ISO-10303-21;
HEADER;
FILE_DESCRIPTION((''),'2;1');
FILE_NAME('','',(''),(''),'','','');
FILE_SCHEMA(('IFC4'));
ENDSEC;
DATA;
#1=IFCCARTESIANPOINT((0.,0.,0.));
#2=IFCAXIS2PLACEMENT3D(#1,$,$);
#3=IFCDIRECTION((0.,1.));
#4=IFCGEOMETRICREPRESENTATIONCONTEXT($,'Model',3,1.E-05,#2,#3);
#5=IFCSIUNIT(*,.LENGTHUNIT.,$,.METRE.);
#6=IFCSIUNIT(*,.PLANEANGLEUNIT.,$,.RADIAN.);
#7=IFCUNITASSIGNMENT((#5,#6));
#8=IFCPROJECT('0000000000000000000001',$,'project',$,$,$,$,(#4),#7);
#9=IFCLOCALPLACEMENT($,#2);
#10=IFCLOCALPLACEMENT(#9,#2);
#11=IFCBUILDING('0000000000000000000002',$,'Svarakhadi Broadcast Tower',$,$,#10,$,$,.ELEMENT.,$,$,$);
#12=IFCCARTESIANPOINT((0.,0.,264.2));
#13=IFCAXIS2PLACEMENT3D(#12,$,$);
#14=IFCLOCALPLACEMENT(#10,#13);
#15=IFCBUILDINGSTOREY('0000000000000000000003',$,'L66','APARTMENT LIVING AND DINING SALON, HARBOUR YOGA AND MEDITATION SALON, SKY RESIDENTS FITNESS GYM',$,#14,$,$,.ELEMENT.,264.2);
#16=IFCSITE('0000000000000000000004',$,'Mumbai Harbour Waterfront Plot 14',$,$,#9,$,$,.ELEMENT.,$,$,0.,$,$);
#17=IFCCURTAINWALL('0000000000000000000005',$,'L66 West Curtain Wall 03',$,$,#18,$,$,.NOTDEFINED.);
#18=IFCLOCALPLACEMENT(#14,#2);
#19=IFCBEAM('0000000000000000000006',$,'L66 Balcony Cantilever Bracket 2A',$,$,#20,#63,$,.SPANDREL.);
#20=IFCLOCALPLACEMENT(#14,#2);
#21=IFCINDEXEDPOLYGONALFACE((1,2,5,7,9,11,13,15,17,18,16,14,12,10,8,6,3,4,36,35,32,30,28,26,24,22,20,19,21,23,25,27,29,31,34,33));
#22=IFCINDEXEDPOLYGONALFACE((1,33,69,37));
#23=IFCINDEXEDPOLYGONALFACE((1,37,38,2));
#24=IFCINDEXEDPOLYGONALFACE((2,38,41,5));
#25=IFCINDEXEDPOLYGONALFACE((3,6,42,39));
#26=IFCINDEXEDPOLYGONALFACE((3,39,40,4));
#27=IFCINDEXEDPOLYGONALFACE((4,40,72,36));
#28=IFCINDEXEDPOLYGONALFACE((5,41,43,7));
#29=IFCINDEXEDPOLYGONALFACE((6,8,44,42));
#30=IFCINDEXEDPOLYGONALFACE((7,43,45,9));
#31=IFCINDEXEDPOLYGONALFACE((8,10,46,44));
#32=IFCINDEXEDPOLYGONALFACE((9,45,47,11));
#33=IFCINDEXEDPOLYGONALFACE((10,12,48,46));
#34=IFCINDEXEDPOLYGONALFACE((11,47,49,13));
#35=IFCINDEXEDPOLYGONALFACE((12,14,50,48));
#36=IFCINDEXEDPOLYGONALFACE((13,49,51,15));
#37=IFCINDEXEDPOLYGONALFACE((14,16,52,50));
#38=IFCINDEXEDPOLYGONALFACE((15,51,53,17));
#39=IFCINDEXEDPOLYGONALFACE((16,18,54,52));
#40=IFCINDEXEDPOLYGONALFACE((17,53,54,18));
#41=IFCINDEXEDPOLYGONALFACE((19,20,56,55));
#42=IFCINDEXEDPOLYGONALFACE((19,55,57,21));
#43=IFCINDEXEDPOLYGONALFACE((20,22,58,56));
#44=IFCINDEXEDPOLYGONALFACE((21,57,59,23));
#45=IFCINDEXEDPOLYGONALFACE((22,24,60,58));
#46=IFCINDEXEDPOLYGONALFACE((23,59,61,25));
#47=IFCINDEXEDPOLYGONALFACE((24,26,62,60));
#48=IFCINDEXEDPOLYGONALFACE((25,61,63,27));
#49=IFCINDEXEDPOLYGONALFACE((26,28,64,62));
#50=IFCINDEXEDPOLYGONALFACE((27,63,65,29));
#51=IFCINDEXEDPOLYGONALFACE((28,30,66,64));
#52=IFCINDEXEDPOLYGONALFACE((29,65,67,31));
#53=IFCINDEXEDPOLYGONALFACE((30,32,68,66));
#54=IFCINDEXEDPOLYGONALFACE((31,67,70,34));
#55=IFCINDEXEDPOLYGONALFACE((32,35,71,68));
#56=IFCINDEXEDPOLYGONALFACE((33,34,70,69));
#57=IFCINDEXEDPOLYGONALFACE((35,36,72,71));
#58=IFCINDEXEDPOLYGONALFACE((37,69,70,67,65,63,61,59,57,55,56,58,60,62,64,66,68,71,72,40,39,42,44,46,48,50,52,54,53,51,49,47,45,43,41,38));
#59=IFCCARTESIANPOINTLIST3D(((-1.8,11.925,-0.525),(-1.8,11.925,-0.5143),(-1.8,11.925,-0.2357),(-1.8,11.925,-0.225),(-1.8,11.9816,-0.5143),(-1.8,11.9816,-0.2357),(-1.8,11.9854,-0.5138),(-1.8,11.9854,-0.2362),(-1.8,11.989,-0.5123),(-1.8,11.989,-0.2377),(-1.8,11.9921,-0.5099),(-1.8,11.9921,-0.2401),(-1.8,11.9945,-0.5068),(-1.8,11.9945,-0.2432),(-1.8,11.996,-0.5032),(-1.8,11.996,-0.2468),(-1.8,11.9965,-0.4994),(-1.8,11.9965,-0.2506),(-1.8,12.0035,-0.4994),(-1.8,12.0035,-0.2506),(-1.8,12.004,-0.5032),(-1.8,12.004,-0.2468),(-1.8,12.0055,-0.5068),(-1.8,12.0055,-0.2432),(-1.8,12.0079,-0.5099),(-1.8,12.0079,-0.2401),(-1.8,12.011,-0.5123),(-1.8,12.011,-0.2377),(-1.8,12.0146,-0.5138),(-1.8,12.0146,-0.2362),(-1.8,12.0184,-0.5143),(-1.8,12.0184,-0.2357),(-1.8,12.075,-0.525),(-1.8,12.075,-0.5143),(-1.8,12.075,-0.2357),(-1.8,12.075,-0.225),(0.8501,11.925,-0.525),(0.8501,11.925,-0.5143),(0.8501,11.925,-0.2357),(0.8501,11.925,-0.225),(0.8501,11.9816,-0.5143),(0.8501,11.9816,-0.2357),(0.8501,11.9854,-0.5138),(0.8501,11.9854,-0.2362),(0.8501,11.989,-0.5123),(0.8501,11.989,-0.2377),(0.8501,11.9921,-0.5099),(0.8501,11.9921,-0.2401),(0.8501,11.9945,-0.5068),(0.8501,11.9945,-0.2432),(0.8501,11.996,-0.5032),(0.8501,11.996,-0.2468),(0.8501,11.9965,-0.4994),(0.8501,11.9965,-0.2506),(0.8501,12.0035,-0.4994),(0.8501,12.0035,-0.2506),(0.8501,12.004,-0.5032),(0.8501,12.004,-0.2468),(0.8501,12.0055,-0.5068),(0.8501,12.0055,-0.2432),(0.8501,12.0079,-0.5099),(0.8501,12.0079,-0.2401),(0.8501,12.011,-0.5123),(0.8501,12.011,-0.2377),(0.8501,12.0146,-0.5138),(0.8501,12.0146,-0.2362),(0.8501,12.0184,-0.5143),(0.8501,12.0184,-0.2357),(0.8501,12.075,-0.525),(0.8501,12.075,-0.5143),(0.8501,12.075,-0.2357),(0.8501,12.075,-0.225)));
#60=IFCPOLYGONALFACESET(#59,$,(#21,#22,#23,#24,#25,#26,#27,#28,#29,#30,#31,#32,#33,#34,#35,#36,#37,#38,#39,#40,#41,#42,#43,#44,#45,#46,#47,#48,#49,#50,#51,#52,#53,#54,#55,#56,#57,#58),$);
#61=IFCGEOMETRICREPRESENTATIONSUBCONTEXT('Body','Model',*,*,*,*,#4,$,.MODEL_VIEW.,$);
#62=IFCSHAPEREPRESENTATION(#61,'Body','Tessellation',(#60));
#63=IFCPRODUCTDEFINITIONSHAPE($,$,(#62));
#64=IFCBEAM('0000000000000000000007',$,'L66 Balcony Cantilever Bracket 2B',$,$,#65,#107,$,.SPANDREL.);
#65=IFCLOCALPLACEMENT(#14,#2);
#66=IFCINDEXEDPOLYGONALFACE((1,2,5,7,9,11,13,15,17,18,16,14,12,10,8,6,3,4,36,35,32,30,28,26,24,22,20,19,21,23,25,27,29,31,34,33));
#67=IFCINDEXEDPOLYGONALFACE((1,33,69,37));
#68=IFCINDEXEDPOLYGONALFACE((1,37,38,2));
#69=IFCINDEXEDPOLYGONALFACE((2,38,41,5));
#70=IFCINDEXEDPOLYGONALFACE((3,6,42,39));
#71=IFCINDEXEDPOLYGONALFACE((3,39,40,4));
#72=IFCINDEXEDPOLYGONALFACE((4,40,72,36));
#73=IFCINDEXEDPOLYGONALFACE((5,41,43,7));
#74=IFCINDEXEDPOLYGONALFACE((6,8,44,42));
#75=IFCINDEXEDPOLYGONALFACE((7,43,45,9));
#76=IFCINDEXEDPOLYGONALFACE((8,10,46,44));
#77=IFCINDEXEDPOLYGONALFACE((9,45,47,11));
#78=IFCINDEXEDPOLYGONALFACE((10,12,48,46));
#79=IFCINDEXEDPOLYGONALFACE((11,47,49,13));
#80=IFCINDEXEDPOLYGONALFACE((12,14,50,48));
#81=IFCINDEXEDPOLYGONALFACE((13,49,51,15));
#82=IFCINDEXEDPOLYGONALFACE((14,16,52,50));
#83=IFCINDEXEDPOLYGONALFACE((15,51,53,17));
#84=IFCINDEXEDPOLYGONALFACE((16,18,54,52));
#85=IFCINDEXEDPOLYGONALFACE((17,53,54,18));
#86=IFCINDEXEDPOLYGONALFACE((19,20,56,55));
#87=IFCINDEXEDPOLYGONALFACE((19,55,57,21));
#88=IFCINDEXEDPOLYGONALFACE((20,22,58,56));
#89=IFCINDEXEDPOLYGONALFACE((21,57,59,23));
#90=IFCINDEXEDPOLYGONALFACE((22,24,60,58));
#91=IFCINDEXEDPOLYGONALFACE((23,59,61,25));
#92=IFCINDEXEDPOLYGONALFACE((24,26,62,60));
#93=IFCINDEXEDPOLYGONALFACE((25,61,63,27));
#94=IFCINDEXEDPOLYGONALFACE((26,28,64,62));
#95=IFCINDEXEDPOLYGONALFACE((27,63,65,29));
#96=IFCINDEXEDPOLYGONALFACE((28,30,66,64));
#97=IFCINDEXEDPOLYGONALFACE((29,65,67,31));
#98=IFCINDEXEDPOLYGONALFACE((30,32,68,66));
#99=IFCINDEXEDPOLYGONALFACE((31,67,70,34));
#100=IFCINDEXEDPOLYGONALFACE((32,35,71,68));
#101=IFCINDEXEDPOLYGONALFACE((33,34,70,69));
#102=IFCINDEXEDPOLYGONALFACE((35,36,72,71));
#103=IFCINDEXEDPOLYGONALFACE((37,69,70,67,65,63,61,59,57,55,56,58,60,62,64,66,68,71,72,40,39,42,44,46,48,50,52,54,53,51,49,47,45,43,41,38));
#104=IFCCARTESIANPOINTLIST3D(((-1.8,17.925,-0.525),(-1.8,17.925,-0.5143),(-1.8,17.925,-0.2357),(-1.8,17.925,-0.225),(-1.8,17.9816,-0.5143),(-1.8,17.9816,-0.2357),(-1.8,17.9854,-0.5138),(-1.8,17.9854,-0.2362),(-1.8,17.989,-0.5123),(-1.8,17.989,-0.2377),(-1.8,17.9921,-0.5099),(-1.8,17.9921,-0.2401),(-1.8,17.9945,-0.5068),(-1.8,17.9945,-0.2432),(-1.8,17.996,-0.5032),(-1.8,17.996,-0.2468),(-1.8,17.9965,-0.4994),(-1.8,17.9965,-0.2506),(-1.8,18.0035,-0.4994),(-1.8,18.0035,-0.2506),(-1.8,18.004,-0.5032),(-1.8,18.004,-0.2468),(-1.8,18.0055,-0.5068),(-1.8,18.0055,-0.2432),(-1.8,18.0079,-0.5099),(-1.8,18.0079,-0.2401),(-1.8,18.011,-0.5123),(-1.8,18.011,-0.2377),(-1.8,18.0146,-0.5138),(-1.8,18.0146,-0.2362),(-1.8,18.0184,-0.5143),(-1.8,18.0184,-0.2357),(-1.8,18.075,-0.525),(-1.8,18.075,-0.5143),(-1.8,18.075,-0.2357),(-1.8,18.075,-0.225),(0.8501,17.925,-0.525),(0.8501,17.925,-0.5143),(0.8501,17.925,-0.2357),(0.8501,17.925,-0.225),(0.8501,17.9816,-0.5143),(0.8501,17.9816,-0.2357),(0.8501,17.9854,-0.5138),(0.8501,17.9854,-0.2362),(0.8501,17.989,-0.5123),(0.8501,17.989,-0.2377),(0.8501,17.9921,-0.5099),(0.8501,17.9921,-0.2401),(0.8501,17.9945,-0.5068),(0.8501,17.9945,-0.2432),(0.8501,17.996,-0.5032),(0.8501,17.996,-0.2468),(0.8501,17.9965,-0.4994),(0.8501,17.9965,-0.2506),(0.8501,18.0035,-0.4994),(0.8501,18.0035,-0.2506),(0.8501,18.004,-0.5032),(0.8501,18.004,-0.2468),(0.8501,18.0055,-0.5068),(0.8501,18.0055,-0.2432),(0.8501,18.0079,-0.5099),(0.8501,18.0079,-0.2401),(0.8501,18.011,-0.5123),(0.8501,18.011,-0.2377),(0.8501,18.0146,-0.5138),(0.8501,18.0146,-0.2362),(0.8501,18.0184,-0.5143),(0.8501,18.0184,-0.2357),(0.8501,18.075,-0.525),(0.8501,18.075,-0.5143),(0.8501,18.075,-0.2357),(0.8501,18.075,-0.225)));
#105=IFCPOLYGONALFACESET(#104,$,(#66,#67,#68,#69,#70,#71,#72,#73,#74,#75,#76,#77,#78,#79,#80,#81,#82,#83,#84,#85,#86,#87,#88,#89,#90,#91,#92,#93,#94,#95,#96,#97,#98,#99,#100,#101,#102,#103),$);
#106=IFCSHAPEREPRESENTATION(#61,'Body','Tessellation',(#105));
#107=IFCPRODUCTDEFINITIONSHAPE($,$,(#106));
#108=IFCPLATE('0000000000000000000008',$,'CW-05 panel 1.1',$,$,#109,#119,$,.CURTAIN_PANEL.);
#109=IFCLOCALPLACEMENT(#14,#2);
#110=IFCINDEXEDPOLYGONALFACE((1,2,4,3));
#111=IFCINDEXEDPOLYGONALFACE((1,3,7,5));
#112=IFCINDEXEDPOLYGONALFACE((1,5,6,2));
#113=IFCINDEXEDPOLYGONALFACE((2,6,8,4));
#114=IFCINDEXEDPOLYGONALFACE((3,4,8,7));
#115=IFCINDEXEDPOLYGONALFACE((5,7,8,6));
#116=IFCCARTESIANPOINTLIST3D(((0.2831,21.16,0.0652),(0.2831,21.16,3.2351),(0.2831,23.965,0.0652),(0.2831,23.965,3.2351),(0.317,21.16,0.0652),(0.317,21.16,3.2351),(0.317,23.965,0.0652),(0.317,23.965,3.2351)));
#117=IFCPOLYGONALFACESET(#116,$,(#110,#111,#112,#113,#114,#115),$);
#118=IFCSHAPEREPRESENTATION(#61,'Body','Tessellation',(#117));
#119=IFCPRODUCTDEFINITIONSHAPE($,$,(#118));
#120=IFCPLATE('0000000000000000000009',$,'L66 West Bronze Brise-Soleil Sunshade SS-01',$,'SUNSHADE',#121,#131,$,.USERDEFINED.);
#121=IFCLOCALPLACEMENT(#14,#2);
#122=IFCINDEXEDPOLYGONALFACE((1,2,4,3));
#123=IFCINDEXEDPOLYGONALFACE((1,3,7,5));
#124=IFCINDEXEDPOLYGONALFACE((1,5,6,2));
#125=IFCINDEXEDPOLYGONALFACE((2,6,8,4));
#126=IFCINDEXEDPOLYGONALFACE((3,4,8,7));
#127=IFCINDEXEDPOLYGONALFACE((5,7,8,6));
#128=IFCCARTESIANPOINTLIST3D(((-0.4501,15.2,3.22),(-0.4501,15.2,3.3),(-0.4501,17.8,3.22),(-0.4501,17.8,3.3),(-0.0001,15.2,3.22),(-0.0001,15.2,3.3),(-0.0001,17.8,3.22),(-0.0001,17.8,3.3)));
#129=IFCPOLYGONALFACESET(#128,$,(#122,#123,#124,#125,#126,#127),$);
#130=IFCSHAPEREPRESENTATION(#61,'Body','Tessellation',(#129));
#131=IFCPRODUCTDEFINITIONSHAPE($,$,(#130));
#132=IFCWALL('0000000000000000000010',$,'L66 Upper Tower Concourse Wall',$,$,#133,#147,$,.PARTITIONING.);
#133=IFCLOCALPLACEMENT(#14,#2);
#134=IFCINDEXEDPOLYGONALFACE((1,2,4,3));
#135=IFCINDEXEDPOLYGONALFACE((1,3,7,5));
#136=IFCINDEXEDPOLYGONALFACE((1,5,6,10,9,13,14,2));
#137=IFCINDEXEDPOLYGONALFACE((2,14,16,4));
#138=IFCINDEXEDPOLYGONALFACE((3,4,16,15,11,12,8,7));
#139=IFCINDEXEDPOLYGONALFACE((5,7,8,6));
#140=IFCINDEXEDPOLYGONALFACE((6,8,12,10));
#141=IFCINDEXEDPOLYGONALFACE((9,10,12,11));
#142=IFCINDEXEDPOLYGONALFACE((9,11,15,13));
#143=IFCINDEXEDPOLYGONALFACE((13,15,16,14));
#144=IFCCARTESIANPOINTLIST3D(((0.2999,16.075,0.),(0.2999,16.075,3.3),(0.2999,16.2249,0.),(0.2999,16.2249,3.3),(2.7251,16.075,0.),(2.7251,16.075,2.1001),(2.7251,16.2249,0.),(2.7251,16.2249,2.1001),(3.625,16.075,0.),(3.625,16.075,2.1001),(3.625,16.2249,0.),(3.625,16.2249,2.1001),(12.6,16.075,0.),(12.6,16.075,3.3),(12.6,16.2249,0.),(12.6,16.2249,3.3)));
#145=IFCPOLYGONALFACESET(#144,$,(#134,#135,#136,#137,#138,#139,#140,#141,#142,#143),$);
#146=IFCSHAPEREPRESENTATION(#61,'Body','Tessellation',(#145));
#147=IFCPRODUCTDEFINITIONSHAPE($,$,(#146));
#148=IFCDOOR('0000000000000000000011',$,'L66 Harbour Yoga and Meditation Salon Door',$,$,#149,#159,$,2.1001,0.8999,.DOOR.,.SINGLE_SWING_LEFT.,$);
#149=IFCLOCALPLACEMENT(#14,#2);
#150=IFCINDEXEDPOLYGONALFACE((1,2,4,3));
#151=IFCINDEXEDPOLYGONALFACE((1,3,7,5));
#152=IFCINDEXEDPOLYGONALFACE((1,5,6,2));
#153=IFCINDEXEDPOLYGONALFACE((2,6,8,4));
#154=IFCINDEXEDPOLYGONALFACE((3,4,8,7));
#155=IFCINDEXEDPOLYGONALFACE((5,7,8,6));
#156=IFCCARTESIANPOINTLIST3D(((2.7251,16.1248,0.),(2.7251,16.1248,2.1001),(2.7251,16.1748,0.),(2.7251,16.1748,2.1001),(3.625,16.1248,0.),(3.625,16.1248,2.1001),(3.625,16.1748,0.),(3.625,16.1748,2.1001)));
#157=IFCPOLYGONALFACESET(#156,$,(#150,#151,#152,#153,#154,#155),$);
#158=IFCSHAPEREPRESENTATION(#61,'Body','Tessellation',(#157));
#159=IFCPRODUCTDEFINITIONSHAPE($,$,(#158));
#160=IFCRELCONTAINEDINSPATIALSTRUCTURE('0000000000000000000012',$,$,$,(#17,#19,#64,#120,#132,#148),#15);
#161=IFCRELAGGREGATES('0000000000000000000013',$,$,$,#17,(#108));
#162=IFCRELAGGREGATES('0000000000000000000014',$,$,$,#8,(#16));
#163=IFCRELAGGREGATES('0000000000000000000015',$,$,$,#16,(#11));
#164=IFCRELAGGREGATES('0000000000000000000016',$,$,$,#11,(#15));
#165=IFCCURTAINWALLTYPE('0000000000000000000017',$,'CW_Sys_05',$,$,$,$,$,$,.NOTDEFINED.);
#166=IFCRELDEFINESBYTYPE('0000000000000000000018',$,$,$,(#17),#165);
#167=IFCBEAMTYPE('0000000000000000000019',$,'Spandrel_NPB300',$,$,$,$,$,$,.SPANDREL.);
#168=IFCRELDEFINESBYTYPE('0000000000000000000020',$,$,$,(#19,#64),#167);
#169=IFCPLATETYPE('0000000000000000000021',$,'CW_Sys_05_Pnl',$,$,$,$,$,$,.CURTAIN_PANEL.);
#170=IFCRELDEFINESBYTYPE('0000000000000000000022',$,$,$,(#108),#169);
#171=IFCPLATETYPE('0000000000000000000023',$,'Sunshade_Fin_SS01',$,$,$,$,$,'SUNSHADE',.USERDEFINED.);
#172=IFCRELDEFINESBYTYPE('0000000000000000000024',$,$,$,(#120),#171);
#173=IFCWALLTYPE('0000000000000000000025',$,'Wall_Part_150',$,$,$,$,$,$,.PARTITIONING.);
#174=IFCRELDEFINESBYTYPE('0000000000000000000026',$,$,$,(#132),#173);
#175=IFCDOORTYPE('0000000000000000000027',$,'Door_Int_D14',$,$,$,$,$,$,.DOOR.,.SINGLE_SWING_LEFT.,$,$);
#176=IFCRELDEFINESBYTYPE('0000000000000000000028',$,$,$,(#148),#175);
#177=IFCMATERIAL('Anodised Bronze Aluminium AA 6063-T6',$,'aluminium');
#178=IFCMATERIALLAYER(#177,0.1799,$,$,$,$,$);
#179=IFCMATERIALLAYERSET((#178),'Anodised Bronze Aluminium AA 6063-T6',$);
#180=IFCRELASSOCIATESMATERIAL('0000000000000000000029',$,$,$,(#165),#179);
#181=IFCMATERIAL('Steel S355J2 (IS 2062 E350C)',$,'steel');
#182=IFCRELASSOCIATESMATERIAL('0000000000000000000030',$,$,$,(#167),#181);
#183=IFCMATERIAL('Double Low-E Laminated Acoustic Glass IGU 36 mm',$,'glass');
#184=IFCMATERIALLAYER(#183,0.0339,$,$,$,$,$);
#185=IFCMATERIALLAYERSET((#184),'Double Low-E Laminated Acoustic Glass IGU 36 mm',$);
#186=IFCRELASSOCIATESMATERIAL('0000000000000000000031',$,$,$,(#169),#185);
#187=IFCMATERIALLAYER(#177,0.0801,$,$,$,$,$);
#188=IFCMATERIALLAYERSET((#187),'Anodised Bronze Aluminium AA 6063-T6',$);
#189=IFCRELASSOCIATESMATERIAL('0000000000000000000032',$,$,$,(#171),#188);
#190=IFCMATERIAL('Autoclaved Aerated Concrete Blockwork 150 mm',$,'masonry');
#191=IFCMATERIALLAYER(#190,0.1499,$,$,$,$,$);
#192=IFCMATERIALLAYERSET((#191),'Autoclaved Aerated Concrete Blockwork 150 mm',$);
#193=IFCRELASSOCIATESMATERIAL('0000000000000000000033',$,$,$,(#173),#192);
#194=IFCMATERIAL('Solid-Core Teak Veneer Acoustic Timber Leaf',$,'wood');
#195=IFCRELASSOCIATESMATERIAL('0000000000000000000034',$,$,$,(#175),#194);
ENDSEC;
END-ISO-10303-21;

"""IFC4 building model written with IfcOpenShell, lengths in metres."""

from ifc_helpers import new_model, si_unit, direction, frame, frame_2d, origin, origin_2d, place, context, subcontext, project, spatial, rectangle, i_section, extrude, material, layer, layer_set, material_profile, profile_set, type_object, element, fill, aggregate, save


model = new_model("IFC4")

# Units and contexts
model_context = context("Model", 3, precision=1e-05, world=origin(), true_north=direction((0.0, 1.0)))
body_context = subcontext(model_context, "Body", "Model", "MODEL_VIEW")
ifc_project = project(units=[si_unit("LENGTHUNIT", "METRE"), si_unit("PLANEANGLEUNIT", "RADIAN")], contexts=[model_context])

# Site, building, storey
site_placement = place(None, origin())
site = spatial("IfcSite", under=ifc_project, at=site_placement, Name="Mumbai Harbour Waterfront Plot 14", CompositionType="ELEMENT", RefElevation=0.0)
building_placement = place(site_placement, origin())
building = spatial("IfcBuilding", under=site, at=building_placement, Name="Svarakhadi Broadcast Tower", CompositionType="ELEMENT")
storey_placement = place(building_placement, frame((0.0, 0.0, 264.2)))
storey = spatial("IfcBuildingStorey", under=building, at=storey_placement, Name="L66", Description="APARTMENT LIVING AND DINING SALON, HARBOUR YOGA AND MEDITATION SALON, SKY RESIDENTS FITNESS GYM", CompositionType="ELEMENT", Elevation=264.2)

# Shared definitions
ifc_material_1 = material(Name="Steel S355J2 (IS 2062 E350C)", Category="steel")

# Curtain wall
ifc_material_2 = material(Name="Anodised Bronze Aluminium AA 6063-T6", Category="aluminium")
ifc_layer_1 = layer(ifc_material_2, 0.1799)
ifc_layer_set_1 = layer_set([ifc_layer_1], Name="Anodised Bronze Aluminium AA 6063-T6")
curtain_wall_type = type_object("IfcCurtainWallType", Name="CW_Sys_05", PredefinedType="NOTDEFINED", material=ifc_layer_set_1)
curtain_wall_placement = place(storey_placement, origin())
curtain_wall = element("IfcCurtainWall", 1, at=curtain_wall_placement, inside=storey, type_object=curtain_wall_type, Name="L66 West Curtain Wall 03", PredefinedType="NOTDEFINED")

# Beams
ifc_material_profile_1 = material_profile(ifc_material_1, i_section(OverallWidth=0.1499, OverallDepth=0.3, WebThickness=0.0071, FlangeThickness=0.0107, FilletRadius=0.0149, at=origin_2d()), Name="NPB 300x150x37")
ifc_profile_set_1 = profile_set([ifc_material_profile_1], Name="Steel S355J2 (IS 2062 E350C)")
beam_type_1 = type_object("IfcBeamType", Name="Spandrel_NPB300", PredefinedType="SPANDREL", material=ifc_profile_set_1)
for number, where, z_axis, x_axis, name in (
    (2, (0.8501, 12.0, -0.375), (-1.0, 0.0, 0.0), (0.0, -1.0, 0.0), "L66 Balcony Cantilever Bracket 2A"),
    (3, (0.8501, 18.0, -0.375), (-1.0, 0.0, 0.0), (0.0, -1.0, 0.0), "L66 Balcony Cantilever Bracket 2B"),
):
    element("IfcBeam", number, at=place(storey_placement, frame(where, z_axis=z_axis, x_axis=x_axis)), inside=storey, type_object=beam_type_1, Name=name, PredefinedType="SPANDREL", context=body_context, shape_type="SweptSolid", body=[
        extrude(i_section(OverallWidth=0.1499, OverallDepth=0.3, WebThickness=0.0071, FlangeThickness=0.0107, FilletRadius=0.0149, at=origin_2d()), origin(), (0.0, 0.0, 1.0), 2.6501),
    ])

# Plates
ifc_material_3 = material(Name="Double Low-E Laminated Acoustic Glass IGU 36 mm", Category="glass")
ifc_layer_2 = layer(ifc_material_3, 0.0339)
ifc_layer_set_2 = layer_set([ifc_layer_2], Name="Double Low-E Laminated Acoustic Glass IGU 36 mm")
plate_type_1 = type_object("IfcPlateType", Name="CW_Sys_05_Pnl", PredefinedType="CURTAIN_PANEL", material=ifc_layer_set_2)
plate_1_placement = place(storey_placement, frame((0.3, 22.5625, 0.0652), z_axis=(0.0, 0.0, 1.0), x_axis=(0.0, 1.0, 0.0)))
plate_1 = element("IfcPlate", 4, at=plate_1_placement, type_object=plate_type_1, Name="CW-05 panel 1.1", PredefinedType="CURTAIN_PANEL", context=body_context, shape_type="SweptSolid", body=[
    extrude(rectangle(XDim=2.8049, YDim=0.0339, at=origin_2d()), origin(), (0.0, 0.0, 1.0), 3.1699),
])
aggregate(curtain_wall, [plate_1])
ifc_layer_3 = layer(ifc_material_2, 0.0801)
ifc_layer_set_3 = layer_set([ifc_layer_3], Name="Anodised Bronze Aluminium AA 6063-T6")
plate_type_2 = type_object("IfcPlateType", Name="Sunshade_Fin_SS01", ElementType="SUNSHADE", PredefinedType="USERDEFINED", material=ifc_layer_set_3)
plate_2_placement = place(storey_placement, frame((-0.2251, 16.5, 3.22), z_axis=(0.0, 0.0, 1.0), x_axis=(0.0, 1.0, 0.0)))
element("IfcPlate", 5, at=plate_2_placement, inside=storey, type_object=plate_type_2, Name="L66 West Bronze Brise-Soleil Sunshade SS-01", ObjectType="SUNSHADE", PredefinedType="USERDEFINED", context=body_context, shape_type="SweptSolid", body=[
    extrude(rectangle(XDim=2.6001, YDim=0.45, at=origin_2d()), origin(), (0.0, 0.0, 1.0), 0.0801),
])

# Wall, opening, door
ifc_material_4 = material(Name="Autoclaved Aerated Concrete Blockwork 150 mm", Category="masonry")
ifc_layer_4 = layer(ifc_material_4, 0.1499)
ifc_layer_set_4 = layer_set([ifc_layer_4], Name="Autoclaved Aerated Concrete Blockwork 150 mm")
wall_type = type_object("IfcWallType", Name="Wall_Part_150", PredefinedType="PARTITIONING", material=ifc_layer_set_4)
wall_placement = place(storey_placement, frame((0.3, 16.1499, 0.0), z_axis=(0.0, 0.0, 1.0), x_axis=(1.0, 0.0, 0.0)))
wall = element("IfcWall", 6, at=wall_placement, inside=storey, type_object=wall_type, Name="L66 Upper Tower Concourse Wall", PredefinedType="PARTITIONING", context=body_context, shape_type="SweptSolid", body=[
    extrude(rectangle(XDim=12.3, YDim=0.1499, at=frame_2d((6.1499, 0.0))), origin(), (0.0, 0.0, 1.0), 3.3),
])
opening_placement = place(wall_placement, frame((2.425, 0.0, 0.0)))
opening = element("IfcOpeningElement", 7, at=opening_placement, cuts=wall, PredefinedType="OPENING", context=body_context, shape_type="SweptSolid", body=[
    extrude(rectangle(XDim=0.8999, YDim=2.1001, at=frame_2d((0.45, 1.05))), frame((0.0, 0.085, 0.0), z_axis=(0.0, -1.0, 0.0), x_axis=(1.0, 0.0, 0.0)), (0.0, 0.0, 1.0), 0.1699),
])
ifc_material_5 = material(Name="Solid-Core Teak Veneer Acoustic Timber Leaf", Category="wood")
door_type = type_object("IfcDoorType", Name="Door_Int_D14", OperationType="SINGLE_SWING_LEFT", PredefinedType="DOOR", material=ifc_material_5)
door_placement = place(opening_placement, origin())
door = element("IfcDoor", 8, at=door_placement, inside=storey, type_object=door_type, Name="L66 Harbour Yoga and Meditation Salon Door", OperationType="SINGLE_SWING_LEFT", OverallHeight=2.1001, OverallWidth=0.8999, PredefinedType="DOOR", context=body_context, shape_type="SweptSolid", body=[
    extrude(rectangle(XDim=0.8999, YDim=2.1001, at=frame_2d((0.45, 1.05))), frame((0.0, 0.0249, 0.0), z_axis=(0.0, -1.0, 0.0), x_axis=(1.0, 0.0, 0.0)), (0.0, 0.0, 1.0), 0.05),
])
fill(opening, door)

save(model, "model.ifc")
